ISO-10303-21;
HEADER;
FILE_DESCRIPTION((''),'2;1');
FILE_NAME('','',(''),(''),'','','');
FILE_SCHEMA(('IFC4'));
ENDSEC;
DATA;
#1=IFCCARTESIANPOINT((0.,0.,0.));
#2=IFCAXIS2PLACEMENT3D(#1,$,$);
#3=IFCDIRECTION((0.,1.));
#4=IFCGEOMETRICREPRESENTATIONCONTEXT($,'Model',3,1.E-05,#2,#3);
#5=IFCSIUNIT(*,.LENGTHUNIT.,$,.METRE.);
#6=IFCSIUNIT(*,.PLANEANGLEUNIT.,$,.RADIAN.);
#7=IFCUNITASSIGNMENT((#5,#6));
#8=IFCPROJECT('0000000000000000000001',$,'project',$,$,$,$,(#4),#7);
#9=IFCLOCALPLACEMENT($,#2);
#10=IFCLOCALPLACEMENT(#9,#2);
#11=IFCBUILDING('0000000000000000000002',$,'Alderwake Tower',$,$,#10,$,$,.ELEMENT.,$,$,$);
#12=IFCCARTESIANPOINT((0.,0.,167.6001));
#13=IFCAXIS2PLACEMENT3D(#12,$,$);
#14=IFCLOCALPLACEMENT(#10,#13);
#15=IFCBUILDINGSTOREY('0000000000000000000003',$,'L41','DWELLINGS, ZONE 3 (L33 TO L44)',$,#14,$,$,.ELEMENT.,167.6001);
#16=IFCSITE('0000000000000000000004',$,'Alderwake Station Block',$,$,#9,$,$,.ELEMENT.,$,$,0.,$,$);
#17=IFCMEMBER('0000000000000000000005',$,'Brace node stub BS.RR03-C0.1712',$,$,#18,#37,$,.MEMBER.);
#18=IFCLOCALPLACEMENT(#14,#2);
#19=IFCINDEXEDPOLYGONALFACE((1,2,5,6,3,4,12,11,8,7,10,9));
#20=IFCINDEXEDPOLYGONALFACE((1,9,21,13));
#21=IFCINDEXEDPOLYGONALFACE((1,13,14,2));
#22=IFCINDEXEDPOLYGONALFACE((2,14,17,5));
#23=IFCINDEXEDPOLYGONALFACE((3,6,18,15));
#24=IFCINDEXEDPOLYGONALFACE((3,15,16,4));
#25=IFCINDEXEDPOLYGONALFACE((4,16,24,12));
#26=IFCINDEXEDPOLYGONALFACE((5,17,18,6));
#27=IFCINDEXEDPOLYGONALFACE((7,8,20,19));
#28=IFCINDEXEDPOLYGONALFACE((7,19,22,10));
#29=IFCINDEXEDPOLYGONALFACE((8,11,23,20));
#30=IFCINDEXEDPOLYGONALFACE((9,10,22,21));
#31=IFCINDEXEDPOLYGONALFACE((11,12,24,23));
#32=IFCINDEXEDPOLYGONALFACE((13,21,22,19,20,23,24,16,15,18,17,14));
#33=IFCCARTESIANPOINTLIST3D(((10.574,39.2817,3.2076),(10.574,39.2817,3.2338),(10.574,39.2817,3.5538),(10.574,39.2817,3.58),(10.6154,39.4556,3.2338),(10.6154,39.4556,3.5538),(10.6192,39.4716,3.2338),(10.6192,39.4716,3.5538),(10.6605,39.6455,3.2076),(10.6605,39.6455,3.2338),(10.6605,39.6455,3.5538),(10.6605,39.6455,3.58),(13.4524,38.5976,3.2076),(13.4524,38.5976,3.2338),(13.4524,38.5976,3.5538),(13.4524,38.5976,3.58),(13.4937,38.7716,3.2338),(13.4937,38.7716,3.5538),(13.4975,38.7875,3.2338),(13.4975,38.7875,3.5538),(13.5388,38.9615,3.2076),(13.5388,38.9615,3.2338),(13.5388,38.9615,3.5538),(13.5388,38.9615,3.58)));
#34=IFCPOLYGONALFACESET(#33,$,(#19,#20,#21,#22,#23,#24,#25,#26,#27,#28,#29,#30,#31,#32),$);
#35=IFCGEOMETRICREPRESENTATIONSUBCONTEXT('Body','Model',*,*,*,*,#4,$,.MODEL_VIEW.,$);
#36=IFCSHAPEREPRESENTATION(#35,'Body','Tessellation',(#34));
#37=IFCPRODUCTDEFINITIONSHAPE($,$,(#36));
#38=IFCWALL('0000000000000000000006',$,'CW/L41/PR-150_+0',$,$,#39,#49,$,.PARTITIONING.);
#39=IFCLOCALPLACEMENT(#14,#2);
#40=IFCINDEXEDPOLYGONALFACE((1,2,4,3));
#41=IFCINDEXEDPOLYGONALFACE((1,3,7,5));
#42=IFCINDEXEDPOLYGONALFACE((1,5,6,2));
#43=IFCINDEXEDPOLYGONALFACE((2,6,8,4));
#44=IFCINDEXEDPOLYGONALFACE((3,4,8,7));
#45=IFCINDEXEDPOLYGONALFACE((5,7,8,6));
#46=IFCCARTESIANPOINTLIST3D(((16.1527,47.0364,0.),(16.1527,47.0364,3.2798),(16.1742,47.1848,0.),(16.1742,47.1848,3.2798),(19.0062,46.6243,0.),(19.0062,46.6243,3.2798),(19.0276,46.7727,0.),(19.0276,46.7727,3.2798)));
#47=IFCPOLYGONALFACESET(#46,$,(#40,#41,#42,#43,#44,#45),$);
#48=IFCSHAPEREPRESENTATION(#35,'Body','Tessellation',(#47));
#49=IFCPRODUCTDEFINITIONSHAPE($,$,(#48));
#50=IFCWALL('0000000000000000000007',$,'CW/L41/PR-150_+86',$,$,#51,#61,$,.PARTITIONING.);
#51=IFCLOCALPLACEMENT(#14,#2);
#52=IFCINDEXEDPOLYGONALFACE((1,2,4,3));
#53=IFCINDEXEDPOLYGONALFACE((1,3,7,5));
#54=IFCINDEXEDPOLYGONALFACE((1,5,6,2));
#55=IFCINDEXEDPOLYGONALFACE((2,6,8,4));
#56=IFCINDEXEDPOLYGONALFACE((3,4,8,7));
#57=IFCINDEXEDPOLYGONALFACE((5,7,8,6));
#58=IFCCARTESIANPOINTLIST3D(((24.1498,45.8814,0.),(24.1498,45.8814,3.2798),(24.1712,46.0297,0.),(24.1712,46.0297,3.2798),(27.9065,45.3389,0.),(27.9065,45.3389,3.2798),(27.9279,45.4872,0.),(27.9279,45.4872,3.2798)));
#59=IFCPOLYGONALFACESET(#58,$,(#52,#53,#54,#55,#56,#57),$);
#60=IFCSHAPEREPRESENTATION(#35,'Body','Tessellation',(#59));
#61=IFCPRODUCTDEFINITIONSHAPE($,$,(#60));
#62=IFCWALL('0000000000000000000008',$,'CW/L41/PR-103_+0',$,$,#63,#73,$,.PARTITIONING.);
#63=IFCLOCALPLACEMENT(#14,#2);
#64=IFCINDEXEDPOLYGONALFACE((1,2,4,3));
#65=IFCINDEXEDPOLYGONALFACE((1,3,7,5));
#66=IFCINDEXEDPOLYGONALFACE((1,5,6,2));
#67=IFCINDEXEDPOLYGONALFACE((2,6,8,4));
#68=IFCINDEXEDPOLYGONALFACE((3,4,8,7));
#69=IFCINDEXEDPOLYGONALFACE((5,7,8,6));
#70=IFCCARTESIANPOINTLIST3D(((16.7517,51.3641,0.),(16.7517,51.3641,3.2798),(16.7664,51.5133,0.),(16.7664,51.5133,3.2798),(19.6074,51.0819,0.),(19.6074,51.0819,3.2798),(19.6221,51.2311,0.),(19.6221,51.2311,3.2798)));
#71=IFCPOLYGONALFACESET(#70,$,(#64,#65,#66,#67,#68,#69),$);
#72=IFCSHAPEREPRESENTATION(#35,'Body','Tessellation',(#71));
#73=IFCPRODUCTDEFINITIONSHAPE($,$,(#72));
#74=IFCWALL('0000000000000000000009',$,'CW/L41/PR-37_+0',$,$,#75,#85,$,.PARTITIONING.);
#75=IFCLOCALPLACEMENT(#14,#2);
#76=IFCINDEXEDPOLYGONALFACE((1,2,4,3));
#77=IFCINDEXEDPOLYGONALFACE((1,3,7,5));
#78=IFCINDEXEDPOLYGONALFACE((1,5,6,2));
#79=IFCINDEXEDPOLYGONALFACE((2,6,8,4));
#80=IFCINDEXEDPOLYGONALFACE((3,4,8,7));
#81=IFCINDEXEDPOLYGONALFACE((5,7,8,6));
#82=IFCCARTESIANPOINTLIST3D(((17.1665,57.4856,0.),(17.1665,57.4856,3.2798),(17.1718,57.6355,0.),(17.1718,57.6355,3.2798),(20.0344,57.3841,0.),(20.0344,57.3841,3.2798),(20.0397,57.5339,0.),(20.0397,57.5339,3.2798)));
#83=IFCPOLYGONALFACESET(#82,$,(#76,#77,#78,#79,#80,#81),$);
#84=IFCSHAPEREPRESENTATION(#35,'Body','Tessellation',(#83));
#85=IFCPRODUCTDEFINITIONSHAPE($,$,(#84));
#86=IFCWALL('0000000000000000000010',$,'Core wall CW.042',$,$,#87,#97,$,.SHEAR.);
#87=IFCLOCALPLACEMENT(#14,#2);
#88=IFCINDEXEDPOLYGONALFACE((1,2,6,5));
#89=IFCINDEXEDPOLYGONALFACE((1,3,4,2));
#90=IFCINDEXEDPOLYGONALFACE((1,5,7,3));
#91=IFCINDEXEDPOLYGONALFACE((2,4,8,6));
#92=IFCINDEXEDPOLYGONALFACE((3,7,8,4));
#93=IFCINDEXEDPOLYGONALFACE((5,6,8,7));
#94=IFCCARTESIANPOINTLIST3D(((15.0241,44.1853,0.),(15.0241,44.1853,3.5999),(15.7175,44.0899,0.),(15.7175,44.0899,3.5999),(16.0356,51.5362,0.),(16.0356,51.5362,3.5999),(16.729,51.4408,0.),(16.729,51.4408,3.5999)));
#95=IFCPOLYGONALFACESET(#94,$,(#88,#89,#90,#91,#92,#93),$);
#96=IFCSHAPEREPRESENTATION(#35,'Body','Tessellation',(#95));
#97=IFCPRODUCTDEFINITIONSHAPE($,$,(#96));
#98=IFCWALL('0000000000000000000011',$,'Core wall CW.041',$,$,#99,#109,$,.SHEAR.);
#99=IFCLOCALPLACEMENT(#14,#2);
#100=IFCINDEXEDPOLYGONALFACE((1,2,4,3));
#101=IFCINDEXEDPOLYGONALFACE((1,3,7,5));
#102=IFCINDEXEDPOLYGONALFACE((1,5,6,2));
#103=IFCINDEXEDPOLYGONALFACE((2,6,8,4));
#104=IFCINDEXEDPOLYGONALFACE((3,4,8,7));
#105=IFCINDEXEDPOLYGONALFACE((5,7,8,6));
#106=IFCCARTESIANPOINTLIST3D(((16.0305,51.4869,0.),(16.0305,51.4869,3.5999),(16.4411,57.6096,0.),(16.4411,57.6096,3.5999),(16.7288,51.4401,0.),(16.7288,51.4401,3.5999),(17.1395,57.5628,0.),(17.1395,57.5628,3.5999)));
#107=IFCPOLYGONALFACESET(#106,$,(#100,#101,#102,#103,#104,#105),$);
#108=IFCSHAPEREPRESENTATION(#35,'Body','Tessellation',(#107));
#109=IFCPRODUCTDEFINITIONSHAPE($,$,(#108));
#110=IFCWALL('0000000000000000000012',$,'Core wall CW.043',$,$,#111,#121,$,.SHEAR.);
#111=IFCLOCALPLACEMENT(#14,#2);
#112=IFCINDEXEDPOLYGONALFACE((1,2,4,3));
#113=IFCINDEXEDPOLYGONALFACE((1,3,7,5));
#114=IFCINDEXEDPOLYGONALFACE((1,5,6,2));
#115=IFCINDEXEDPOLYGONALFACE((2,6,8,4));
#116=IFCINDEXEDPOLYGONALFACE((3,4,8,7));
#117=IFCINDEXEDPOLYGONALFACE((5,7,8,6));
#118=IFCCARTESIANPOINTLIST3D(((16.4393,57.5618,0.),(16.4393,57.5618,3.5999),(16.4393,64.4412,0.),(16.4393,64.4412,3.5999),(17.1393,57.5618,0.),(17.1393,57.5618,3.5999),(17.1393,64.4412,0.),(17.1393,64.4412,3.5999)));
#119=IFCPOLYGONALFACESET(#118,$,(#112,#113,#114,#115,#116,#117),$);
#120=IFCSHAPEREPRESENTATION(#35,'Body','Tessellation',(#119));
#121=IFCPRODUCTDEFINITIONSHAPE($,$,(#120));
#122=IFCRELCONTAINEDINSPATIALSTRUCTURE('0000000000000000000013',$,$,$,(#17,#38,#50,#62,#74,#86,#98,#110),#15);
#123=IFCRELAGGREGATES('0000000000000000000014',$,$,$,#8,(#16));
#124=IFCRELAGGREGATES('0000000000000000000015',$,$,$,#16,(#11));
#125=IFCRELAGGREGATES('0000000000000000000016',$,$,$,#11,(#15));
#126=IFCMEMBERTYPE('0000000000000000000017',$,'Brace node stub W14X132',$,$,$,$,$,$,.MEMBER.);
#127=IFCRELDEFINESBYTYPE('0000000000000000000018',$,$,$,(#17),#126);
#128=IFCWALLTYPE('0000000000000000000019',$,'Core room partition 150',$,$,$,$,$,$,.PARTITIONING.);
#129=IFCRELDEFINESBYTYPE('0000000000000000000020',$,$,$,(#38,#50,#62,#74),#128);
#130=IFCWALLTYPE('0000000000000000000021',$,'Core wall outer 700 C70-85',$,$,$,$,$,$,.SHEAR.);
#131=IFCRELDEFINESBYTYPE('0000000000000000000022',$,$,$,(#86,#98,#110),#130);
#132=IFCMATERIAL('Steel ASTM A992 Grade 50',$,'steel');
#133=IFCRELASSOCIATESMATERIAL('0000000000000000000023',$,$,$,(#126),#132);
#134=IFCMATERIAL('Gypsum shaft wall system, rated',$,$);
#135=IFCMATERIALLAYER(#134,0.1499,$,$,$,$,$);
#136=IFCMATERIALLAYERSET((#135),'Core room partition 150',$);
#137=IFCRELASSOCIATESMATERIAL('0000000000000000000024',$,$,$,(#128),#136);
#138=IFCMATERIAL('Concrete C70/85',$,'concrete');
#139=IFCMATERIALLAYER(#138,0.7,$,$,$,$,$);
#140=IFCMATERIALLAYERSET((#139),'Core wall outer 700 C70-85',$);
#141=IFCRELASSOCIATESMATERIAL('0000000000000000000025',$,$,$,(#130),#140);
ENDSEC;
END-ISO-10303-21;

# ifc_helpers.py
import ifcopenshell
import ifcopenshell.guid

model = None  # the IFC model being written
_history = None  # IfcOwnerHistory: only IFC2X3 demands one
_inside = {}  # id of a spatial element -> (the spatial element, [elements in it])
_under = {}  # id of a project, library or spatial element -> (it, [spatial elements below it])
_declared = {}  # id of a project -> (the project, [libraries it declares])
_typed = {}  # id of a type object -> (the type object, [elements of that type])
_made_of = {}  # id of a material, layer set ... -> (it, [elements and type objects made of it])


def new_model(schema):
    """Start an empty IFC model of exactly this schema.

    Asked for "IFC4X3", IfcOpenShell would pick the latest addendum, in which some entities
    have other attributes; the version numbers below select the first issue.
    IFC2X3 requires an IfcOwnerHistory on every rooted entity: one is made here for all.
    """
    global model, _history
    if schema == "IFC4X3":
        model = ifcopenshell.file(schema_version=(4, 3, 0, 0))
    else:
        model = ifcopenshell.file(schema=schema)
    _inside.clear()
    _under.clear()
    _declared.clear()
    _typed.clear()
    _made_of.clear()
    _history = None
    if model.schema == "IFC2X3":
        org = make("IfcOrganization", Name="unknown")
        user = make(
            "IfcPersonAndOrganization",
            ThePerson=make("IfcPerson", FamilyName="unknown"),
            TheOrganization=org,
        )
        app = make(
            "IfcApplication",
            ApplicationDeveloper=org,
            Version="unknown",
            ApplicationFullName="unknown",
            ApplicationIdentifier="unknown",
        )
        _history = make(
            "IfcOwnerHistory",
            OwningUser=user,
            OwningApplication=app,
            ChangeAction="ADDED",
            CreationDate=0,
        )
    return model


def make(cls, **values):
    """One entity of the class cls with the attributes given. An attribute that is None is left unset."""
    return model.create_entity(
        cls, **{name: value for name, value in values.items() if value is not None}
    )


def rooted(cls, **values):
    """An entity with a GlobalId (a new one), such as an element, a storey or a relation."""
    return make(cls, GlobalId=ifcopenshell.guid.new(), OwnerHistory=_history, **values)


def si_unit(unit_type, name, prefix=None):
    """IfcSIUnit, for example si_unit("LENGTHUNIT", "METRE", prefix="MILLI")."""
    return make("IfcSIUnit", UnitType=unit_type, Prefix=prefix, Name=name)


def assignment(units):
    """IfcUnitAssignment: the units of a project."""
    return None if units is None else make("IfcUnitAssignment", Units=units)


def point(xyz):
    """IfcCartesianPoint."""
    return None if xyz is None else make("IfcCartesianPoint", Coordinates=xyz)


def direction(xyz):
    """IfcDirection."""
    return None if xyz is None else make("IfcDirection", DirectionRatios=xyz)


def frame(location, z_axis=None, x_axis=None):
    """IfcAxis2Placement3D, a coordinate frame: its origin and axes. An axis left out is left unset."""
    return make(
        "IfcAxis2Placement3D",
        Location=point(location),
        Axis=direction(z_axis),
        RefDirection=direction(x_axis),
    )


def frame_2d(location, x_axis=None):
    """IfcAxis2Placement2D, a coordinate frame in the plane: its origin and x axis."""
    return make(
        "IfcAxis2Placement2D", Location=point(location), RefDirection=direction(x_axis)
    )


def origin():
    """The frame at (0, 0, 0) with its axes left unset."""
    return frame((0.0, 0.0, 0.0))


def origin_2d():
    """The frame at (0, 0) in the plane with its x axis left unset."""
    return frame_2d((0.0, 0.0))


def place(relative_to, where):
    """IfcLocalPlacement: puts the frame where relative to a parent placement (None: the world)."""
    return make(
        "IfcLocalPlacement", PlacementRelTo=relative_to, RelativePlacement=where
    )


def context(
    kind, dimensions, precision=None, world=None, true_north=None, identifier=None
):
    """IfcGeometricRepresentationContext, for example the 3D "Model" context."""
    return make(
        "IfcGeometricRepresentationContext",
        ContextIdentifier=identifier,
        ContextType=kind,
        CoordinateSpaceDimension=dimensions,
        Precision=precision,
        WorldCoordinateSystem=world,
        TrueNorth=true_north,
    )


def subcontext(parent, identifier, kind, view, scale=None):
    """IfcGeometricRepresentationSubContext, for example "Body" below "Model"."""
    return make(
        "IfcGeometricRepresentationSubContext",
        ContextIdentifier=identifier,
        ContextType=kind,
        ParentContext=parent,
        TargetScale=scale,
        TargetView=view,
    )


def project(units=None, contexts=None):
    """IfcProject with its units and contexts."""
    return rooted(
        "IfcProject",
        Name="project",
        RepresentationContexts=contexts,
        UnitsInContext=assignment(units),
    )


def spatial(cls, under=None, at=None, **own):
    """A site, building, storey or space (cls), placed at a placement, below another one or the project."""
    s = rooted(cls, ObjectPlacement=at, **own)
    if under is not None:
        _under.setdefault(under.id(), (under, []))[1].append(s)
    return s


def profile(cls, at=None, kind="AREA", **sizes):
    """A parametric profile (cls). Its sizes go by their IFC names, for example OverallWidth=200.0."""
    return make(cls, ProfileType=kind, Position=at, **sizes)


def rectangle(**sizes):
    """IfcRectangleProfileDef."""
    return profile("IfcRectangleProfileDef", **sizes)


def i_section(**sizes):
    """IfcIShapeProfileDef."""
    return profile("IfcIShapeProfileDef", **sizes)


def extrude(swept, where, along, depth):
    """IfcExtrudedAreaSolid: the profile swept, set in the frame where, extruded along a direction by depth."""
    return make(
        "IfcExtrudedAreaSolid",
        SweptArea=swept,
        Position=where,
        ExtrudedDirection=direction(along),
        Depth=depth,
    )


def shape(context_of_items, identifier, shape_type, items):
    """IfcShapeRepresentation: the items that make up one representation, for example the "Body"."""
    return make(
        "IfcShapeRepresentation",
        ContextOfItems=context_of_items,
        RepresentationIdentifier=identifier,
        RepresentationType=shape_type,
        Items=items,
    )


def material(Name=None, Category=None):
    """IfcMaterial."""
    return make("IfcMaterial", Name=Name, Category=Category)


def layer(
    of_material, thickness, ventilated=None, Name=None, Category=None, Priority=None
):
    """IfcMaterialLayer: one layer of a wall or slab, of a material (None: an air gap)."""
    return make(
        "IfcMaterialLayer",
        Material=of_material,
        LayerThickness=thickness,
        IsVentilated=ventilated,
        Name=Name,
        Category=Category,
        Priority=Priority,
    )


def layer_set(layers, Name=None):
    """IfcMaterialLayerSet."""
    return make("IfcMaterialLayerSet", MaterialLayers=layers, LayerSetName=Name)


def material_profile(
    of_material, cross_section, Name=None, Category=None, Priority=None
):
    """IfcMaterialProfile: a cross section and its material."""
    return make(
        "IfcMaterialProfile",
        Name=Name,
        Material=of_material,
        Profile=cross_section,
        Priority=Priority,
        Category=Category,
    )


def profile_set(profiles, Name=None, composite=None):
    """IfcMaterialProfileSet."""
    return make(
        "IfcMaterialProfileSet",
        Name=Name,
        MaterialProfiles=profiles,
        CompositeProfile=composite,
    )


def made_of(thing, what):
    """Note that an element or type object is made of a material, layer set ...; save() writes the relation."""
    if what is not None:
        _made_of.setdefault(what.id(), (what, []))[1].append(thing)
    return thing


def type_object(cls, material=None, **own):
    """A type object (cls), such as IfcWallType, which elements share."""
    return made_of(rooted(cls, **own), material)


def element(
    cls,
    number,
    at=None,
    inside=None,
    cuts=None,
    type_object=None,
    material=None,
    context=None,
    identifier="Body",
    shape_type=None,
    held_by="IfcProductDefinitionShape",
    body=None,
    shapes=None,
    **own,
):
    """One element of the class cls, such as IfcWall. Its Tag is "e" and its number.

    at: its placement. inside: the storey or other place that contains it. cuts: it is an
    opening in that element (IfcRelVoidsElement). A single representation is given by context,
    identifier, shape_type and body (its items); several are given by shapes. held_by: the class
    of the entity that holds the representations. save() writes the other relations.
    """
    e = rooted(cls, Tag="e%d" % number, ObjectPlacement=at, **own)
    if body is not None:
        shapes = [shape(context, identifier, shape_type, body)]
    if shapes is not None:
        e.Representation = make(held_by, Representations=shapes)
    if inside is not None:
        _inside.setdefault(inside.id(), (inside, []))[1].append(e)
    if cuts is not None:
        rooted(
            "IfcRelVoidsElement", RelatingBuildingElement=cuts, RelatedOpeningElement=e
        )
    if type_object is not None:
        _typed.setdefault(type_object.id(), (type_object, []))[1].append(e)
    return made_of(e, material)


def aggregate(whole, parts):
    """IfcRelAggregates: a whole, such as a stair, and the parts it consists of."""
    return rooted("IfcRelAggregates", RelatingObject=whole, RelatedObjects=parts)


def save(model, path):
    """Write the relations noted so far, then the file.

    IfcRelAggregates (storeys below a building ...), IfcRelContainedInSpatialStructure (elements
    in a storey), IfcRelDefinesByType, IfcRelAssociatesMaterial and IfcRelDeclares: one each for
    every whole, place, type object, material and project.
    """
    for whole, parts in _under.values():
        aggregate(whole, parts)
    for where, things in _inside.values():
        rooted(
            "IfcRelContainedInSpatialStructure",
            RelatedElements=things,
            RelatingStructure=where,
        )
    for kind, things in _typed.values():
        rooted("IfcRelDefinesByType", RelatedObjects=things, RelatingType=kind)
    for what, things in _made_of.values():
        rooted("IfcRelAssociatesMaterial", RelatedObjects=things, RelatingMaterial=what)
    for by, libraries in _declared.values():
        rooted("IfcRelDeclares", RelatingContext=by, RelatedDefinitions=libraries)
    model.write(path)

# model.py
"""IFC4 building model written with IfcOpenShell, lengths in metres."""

from ifc_helpers import new_model, si_unit, direction, frame, frame_2d, origin, origin_2d, place, context, subcontext, project, spatial, rectangle, i_section, extrude, material, layer, layer_set, material_profile, profile_set, type_object, element, save


model = new_model("IFC4")

# Units and contexts
model_context = context("Model", 3, precision=1e-05, world=origin(), true_north=direction((0.0, 1.0)))
body_context = subcontext(model_context, "Body", "Model", "MODEL_VIEW")
ifc_project = project(units=[si_unit("LENGTHUNIT", "METRE"), si_unit("PLANEANGLEUNIT", "RADIAN")], contexts=[model_context])

# Site, building, storey
site_placement = place(None, origin())
site = spatial("IfcSite", under=ifc_project, at=site_placement, Name="Alderwake Station Block", CompositionType="ELEMENT", RefElevation=0.0)
building_placement = place(site_placement, origin())
building = spatial("IfcBuilding", under=site, at=building_placement, Name="Alderwake Tower", CompositionType="ELEMENT")
storey_placement = place(building_placement, frame((0.0, 0.0, 167.6001)))
storey = spatial("IfcBuildingStorey", under=building, at=storey_placement, Name="L41", Description="DWELLINGS, ZONE 3 (L33 TO L44)", CompositionType="ELEMENT", Elevation=167.6001)

# Member
ifc_material_1 = material(Name="Steel ASTM A992 Grade 50", Category="steel")
ifc_material_profile_1 = material_profile(ifc_material_1, i_section(OverallWidth=0.374, OverallDepth=0.3723, WebThickness=0.0164, FlangeThickness=0.0261, at=origin_2d()), Name="W14X132")
ifc_profile_set_1 = profile_set([ifc_material_profile_1], Name="Steel ASTM A992 Grade 50")
member_type = type_object("IfcMemberType", Name="Brace node stub W14X132", PredefinedType="MEMBER", material=ifc_profile_set_1)
member_placement = place(storey_placement, frame((13.4956, 38.7795, 3.3938), z_axis=(-0.972902, 0.231219, 0.0), x_axis=(-0.231219, -0.972902, 0.0)))
element("IfcMember", 1, at=member_placement, inside=storey, type_object=member_type, Name="Brace node stub BS.RR03-C0.1712", PredefinedType="MEMBER", context=body_context, shape_type="SweptSolid", body=[
    extrude(i_section(OverallWidth=0.374, OverallDepth=0.3723, WebThickness=0.0164, FlangeThickness=0.0261, at=origin_2d()), origin(), (0.0, 0.0, 1.0), 2.9585),
])

# Walls
ifc_material_2 = material(Name="Gypsum shaft wall system, rated")
ifc_layer_1 = layer(ifc_material_2, 0.1499)
ifc_layer_set_1 = layer_set([ifc_layer_1], Name="Core room partition 150")
wall_type_1 = type_object("IfcWallType", Name="Core room partition 150", PredefinedType="PARTITIONING", material=ifc_layer_set_1)
wall_1_placement = place(storey_placement, frame((16.1636, 47.1106, 0.0), z_axis=(0.0, 0.0, 1.0), x_axis=(0.989732, -0.142939, 0.0)))
element("IfcWall", 2, at=wall_1_placement, inside=storey, type_object=wall_type_1, Name="CW/L41/PR-150_+0", PredefinedType="PARTITIONING", context=body_context, shape_type="SweptSolid", body=[
    extrude(rectangle(XDim=2.8831, YDim=0.1499, at=frame_2d((1.4414, 0.0))), origin(), (0.0, 0.0, 1.0), 3.2798),
])
wall_2_placement = place(storey_placement, frame((24.1604, 45.9556, 0.0), z_axis=(0.0, 0.0, 1.0), x_axis=(0.989734, -0.142925, 0.0)))
element("IfcWall", 3, at=wall_2_placement, inside=storey, type_object=wall_type_1, Name="CW/L41/PR-150_+86", PredefinedType="PARTITIONING", context=body_context, shape_type="SweptSolid", body=[
    extrude(rectangle(XDim=3.7957, YDim=0.1499, at=frame_2d((1.8979, 0.0))), origin(), (0.0, 0.0, 1.0), 3.2798),
])
for number, where, z_axis, x_axis, name in (
    (4, (16.759, 51.4387, 0.0), (0.0, 0.0, 1.0), (0.995152, -0.09835, 0.0), "CW/L41/PR-103_+0"),
    (5, (17.1692, 57.5605, 0.0), (0.0, 0.0, 1.0), (0.999374, -0.035391, 0.0), "CW/L41/PR-37_+0"),
):
    element("IfcWall", number, at=place(storey_placement, frame(where, z_axis=z_axis, x_axis=x_axis)), inside=storey, type_object=wall_type_1, Name=name, PredefinedType="PARTITIONING", context=body_context, shape_type="SweptSolid", body=[
        extrude(rectangle(XDim=2.8696, YDim=0.1499, at=frame_2d((1.4348, 0.0))), origin(), (0.0, 0.0, 1.0), 3.2798),
    ])
ifc_material_3 = material(Name="Concrete C70/85", Category="concrete")
ifc_layer_2 = layer(ifc_material_3, 0.7)
ifc_layer_set_2 = layer_set([ifc_layer_2], Name="Core wall outer 700 C70-85")
wall_type_2 = type_object("IfcWallType", Name="Core wall outer 700 C70-85", PredefinedType="SHEAR", material=ifc_layer_set_2)
wall_3_placement = place(storey_placement, frame((15.3708, 44.1377, 0.0), z_axis=(0.0, 0.0, 1.0), x_axis=(0.136316, 0.990665, 0.0)))
element("IfcWall", 6, at=wall_3_placement, inside=storey, type_object=wall_type_2, Name="Core wall CW.042", PredefinedType="SHEAR", context=body_context, shape_type="SweptSolid", body=[
    extrude(rectangle(XDim=7.4202, YDim=0.7, at=frame_2d((3.71, 0.0))), origin(), (0.0, 0.0, 1.0), 3.5999),
])
wall_4_placement = place(storey_placement, frame((16.3796, 51.4634, 0.0), z_axis=(0.0, 0.0, 1.0), x_axis=(0.066918, 0.997758, 0.0)))
element("IfcWall", 7, at=wall_4_placement, inside=storey, type_object=wall_type_2, Name="Core wall CW.041", PredefinedType="SHEAR", context=body_context, shape_type="SweptSolid", body=[
    extrude(rectangle(XDim=6.1365, YDim=0.7, at=frame_2d((3.0684, 0.0))), origin(), (0.0, 0.0, 1.0), 3.5999),
])
wall_5_placement = place(storey_placement, frame((16.7893, 57.5618, 0.0), z_axis=(0.0, 0.0, 1.0), x_axis=(0.0, 1.0, 0.0)))
element("IfcWall", 8, at=wall_5_placement, inside=storey, type_object=wall_type_2, Name="Core wall CW.043", PredefinedType="SHEAR", context=body_context, shape_type="SweptSolid", body=[
    extrude(rectangle(XDim=6.8794, YDim=0.7, at=frame_2d((3.4397, 0.0))), origin(), (0.0, 0.0, 1.0), 3.5999),
])

save(model, "model.ifc")
